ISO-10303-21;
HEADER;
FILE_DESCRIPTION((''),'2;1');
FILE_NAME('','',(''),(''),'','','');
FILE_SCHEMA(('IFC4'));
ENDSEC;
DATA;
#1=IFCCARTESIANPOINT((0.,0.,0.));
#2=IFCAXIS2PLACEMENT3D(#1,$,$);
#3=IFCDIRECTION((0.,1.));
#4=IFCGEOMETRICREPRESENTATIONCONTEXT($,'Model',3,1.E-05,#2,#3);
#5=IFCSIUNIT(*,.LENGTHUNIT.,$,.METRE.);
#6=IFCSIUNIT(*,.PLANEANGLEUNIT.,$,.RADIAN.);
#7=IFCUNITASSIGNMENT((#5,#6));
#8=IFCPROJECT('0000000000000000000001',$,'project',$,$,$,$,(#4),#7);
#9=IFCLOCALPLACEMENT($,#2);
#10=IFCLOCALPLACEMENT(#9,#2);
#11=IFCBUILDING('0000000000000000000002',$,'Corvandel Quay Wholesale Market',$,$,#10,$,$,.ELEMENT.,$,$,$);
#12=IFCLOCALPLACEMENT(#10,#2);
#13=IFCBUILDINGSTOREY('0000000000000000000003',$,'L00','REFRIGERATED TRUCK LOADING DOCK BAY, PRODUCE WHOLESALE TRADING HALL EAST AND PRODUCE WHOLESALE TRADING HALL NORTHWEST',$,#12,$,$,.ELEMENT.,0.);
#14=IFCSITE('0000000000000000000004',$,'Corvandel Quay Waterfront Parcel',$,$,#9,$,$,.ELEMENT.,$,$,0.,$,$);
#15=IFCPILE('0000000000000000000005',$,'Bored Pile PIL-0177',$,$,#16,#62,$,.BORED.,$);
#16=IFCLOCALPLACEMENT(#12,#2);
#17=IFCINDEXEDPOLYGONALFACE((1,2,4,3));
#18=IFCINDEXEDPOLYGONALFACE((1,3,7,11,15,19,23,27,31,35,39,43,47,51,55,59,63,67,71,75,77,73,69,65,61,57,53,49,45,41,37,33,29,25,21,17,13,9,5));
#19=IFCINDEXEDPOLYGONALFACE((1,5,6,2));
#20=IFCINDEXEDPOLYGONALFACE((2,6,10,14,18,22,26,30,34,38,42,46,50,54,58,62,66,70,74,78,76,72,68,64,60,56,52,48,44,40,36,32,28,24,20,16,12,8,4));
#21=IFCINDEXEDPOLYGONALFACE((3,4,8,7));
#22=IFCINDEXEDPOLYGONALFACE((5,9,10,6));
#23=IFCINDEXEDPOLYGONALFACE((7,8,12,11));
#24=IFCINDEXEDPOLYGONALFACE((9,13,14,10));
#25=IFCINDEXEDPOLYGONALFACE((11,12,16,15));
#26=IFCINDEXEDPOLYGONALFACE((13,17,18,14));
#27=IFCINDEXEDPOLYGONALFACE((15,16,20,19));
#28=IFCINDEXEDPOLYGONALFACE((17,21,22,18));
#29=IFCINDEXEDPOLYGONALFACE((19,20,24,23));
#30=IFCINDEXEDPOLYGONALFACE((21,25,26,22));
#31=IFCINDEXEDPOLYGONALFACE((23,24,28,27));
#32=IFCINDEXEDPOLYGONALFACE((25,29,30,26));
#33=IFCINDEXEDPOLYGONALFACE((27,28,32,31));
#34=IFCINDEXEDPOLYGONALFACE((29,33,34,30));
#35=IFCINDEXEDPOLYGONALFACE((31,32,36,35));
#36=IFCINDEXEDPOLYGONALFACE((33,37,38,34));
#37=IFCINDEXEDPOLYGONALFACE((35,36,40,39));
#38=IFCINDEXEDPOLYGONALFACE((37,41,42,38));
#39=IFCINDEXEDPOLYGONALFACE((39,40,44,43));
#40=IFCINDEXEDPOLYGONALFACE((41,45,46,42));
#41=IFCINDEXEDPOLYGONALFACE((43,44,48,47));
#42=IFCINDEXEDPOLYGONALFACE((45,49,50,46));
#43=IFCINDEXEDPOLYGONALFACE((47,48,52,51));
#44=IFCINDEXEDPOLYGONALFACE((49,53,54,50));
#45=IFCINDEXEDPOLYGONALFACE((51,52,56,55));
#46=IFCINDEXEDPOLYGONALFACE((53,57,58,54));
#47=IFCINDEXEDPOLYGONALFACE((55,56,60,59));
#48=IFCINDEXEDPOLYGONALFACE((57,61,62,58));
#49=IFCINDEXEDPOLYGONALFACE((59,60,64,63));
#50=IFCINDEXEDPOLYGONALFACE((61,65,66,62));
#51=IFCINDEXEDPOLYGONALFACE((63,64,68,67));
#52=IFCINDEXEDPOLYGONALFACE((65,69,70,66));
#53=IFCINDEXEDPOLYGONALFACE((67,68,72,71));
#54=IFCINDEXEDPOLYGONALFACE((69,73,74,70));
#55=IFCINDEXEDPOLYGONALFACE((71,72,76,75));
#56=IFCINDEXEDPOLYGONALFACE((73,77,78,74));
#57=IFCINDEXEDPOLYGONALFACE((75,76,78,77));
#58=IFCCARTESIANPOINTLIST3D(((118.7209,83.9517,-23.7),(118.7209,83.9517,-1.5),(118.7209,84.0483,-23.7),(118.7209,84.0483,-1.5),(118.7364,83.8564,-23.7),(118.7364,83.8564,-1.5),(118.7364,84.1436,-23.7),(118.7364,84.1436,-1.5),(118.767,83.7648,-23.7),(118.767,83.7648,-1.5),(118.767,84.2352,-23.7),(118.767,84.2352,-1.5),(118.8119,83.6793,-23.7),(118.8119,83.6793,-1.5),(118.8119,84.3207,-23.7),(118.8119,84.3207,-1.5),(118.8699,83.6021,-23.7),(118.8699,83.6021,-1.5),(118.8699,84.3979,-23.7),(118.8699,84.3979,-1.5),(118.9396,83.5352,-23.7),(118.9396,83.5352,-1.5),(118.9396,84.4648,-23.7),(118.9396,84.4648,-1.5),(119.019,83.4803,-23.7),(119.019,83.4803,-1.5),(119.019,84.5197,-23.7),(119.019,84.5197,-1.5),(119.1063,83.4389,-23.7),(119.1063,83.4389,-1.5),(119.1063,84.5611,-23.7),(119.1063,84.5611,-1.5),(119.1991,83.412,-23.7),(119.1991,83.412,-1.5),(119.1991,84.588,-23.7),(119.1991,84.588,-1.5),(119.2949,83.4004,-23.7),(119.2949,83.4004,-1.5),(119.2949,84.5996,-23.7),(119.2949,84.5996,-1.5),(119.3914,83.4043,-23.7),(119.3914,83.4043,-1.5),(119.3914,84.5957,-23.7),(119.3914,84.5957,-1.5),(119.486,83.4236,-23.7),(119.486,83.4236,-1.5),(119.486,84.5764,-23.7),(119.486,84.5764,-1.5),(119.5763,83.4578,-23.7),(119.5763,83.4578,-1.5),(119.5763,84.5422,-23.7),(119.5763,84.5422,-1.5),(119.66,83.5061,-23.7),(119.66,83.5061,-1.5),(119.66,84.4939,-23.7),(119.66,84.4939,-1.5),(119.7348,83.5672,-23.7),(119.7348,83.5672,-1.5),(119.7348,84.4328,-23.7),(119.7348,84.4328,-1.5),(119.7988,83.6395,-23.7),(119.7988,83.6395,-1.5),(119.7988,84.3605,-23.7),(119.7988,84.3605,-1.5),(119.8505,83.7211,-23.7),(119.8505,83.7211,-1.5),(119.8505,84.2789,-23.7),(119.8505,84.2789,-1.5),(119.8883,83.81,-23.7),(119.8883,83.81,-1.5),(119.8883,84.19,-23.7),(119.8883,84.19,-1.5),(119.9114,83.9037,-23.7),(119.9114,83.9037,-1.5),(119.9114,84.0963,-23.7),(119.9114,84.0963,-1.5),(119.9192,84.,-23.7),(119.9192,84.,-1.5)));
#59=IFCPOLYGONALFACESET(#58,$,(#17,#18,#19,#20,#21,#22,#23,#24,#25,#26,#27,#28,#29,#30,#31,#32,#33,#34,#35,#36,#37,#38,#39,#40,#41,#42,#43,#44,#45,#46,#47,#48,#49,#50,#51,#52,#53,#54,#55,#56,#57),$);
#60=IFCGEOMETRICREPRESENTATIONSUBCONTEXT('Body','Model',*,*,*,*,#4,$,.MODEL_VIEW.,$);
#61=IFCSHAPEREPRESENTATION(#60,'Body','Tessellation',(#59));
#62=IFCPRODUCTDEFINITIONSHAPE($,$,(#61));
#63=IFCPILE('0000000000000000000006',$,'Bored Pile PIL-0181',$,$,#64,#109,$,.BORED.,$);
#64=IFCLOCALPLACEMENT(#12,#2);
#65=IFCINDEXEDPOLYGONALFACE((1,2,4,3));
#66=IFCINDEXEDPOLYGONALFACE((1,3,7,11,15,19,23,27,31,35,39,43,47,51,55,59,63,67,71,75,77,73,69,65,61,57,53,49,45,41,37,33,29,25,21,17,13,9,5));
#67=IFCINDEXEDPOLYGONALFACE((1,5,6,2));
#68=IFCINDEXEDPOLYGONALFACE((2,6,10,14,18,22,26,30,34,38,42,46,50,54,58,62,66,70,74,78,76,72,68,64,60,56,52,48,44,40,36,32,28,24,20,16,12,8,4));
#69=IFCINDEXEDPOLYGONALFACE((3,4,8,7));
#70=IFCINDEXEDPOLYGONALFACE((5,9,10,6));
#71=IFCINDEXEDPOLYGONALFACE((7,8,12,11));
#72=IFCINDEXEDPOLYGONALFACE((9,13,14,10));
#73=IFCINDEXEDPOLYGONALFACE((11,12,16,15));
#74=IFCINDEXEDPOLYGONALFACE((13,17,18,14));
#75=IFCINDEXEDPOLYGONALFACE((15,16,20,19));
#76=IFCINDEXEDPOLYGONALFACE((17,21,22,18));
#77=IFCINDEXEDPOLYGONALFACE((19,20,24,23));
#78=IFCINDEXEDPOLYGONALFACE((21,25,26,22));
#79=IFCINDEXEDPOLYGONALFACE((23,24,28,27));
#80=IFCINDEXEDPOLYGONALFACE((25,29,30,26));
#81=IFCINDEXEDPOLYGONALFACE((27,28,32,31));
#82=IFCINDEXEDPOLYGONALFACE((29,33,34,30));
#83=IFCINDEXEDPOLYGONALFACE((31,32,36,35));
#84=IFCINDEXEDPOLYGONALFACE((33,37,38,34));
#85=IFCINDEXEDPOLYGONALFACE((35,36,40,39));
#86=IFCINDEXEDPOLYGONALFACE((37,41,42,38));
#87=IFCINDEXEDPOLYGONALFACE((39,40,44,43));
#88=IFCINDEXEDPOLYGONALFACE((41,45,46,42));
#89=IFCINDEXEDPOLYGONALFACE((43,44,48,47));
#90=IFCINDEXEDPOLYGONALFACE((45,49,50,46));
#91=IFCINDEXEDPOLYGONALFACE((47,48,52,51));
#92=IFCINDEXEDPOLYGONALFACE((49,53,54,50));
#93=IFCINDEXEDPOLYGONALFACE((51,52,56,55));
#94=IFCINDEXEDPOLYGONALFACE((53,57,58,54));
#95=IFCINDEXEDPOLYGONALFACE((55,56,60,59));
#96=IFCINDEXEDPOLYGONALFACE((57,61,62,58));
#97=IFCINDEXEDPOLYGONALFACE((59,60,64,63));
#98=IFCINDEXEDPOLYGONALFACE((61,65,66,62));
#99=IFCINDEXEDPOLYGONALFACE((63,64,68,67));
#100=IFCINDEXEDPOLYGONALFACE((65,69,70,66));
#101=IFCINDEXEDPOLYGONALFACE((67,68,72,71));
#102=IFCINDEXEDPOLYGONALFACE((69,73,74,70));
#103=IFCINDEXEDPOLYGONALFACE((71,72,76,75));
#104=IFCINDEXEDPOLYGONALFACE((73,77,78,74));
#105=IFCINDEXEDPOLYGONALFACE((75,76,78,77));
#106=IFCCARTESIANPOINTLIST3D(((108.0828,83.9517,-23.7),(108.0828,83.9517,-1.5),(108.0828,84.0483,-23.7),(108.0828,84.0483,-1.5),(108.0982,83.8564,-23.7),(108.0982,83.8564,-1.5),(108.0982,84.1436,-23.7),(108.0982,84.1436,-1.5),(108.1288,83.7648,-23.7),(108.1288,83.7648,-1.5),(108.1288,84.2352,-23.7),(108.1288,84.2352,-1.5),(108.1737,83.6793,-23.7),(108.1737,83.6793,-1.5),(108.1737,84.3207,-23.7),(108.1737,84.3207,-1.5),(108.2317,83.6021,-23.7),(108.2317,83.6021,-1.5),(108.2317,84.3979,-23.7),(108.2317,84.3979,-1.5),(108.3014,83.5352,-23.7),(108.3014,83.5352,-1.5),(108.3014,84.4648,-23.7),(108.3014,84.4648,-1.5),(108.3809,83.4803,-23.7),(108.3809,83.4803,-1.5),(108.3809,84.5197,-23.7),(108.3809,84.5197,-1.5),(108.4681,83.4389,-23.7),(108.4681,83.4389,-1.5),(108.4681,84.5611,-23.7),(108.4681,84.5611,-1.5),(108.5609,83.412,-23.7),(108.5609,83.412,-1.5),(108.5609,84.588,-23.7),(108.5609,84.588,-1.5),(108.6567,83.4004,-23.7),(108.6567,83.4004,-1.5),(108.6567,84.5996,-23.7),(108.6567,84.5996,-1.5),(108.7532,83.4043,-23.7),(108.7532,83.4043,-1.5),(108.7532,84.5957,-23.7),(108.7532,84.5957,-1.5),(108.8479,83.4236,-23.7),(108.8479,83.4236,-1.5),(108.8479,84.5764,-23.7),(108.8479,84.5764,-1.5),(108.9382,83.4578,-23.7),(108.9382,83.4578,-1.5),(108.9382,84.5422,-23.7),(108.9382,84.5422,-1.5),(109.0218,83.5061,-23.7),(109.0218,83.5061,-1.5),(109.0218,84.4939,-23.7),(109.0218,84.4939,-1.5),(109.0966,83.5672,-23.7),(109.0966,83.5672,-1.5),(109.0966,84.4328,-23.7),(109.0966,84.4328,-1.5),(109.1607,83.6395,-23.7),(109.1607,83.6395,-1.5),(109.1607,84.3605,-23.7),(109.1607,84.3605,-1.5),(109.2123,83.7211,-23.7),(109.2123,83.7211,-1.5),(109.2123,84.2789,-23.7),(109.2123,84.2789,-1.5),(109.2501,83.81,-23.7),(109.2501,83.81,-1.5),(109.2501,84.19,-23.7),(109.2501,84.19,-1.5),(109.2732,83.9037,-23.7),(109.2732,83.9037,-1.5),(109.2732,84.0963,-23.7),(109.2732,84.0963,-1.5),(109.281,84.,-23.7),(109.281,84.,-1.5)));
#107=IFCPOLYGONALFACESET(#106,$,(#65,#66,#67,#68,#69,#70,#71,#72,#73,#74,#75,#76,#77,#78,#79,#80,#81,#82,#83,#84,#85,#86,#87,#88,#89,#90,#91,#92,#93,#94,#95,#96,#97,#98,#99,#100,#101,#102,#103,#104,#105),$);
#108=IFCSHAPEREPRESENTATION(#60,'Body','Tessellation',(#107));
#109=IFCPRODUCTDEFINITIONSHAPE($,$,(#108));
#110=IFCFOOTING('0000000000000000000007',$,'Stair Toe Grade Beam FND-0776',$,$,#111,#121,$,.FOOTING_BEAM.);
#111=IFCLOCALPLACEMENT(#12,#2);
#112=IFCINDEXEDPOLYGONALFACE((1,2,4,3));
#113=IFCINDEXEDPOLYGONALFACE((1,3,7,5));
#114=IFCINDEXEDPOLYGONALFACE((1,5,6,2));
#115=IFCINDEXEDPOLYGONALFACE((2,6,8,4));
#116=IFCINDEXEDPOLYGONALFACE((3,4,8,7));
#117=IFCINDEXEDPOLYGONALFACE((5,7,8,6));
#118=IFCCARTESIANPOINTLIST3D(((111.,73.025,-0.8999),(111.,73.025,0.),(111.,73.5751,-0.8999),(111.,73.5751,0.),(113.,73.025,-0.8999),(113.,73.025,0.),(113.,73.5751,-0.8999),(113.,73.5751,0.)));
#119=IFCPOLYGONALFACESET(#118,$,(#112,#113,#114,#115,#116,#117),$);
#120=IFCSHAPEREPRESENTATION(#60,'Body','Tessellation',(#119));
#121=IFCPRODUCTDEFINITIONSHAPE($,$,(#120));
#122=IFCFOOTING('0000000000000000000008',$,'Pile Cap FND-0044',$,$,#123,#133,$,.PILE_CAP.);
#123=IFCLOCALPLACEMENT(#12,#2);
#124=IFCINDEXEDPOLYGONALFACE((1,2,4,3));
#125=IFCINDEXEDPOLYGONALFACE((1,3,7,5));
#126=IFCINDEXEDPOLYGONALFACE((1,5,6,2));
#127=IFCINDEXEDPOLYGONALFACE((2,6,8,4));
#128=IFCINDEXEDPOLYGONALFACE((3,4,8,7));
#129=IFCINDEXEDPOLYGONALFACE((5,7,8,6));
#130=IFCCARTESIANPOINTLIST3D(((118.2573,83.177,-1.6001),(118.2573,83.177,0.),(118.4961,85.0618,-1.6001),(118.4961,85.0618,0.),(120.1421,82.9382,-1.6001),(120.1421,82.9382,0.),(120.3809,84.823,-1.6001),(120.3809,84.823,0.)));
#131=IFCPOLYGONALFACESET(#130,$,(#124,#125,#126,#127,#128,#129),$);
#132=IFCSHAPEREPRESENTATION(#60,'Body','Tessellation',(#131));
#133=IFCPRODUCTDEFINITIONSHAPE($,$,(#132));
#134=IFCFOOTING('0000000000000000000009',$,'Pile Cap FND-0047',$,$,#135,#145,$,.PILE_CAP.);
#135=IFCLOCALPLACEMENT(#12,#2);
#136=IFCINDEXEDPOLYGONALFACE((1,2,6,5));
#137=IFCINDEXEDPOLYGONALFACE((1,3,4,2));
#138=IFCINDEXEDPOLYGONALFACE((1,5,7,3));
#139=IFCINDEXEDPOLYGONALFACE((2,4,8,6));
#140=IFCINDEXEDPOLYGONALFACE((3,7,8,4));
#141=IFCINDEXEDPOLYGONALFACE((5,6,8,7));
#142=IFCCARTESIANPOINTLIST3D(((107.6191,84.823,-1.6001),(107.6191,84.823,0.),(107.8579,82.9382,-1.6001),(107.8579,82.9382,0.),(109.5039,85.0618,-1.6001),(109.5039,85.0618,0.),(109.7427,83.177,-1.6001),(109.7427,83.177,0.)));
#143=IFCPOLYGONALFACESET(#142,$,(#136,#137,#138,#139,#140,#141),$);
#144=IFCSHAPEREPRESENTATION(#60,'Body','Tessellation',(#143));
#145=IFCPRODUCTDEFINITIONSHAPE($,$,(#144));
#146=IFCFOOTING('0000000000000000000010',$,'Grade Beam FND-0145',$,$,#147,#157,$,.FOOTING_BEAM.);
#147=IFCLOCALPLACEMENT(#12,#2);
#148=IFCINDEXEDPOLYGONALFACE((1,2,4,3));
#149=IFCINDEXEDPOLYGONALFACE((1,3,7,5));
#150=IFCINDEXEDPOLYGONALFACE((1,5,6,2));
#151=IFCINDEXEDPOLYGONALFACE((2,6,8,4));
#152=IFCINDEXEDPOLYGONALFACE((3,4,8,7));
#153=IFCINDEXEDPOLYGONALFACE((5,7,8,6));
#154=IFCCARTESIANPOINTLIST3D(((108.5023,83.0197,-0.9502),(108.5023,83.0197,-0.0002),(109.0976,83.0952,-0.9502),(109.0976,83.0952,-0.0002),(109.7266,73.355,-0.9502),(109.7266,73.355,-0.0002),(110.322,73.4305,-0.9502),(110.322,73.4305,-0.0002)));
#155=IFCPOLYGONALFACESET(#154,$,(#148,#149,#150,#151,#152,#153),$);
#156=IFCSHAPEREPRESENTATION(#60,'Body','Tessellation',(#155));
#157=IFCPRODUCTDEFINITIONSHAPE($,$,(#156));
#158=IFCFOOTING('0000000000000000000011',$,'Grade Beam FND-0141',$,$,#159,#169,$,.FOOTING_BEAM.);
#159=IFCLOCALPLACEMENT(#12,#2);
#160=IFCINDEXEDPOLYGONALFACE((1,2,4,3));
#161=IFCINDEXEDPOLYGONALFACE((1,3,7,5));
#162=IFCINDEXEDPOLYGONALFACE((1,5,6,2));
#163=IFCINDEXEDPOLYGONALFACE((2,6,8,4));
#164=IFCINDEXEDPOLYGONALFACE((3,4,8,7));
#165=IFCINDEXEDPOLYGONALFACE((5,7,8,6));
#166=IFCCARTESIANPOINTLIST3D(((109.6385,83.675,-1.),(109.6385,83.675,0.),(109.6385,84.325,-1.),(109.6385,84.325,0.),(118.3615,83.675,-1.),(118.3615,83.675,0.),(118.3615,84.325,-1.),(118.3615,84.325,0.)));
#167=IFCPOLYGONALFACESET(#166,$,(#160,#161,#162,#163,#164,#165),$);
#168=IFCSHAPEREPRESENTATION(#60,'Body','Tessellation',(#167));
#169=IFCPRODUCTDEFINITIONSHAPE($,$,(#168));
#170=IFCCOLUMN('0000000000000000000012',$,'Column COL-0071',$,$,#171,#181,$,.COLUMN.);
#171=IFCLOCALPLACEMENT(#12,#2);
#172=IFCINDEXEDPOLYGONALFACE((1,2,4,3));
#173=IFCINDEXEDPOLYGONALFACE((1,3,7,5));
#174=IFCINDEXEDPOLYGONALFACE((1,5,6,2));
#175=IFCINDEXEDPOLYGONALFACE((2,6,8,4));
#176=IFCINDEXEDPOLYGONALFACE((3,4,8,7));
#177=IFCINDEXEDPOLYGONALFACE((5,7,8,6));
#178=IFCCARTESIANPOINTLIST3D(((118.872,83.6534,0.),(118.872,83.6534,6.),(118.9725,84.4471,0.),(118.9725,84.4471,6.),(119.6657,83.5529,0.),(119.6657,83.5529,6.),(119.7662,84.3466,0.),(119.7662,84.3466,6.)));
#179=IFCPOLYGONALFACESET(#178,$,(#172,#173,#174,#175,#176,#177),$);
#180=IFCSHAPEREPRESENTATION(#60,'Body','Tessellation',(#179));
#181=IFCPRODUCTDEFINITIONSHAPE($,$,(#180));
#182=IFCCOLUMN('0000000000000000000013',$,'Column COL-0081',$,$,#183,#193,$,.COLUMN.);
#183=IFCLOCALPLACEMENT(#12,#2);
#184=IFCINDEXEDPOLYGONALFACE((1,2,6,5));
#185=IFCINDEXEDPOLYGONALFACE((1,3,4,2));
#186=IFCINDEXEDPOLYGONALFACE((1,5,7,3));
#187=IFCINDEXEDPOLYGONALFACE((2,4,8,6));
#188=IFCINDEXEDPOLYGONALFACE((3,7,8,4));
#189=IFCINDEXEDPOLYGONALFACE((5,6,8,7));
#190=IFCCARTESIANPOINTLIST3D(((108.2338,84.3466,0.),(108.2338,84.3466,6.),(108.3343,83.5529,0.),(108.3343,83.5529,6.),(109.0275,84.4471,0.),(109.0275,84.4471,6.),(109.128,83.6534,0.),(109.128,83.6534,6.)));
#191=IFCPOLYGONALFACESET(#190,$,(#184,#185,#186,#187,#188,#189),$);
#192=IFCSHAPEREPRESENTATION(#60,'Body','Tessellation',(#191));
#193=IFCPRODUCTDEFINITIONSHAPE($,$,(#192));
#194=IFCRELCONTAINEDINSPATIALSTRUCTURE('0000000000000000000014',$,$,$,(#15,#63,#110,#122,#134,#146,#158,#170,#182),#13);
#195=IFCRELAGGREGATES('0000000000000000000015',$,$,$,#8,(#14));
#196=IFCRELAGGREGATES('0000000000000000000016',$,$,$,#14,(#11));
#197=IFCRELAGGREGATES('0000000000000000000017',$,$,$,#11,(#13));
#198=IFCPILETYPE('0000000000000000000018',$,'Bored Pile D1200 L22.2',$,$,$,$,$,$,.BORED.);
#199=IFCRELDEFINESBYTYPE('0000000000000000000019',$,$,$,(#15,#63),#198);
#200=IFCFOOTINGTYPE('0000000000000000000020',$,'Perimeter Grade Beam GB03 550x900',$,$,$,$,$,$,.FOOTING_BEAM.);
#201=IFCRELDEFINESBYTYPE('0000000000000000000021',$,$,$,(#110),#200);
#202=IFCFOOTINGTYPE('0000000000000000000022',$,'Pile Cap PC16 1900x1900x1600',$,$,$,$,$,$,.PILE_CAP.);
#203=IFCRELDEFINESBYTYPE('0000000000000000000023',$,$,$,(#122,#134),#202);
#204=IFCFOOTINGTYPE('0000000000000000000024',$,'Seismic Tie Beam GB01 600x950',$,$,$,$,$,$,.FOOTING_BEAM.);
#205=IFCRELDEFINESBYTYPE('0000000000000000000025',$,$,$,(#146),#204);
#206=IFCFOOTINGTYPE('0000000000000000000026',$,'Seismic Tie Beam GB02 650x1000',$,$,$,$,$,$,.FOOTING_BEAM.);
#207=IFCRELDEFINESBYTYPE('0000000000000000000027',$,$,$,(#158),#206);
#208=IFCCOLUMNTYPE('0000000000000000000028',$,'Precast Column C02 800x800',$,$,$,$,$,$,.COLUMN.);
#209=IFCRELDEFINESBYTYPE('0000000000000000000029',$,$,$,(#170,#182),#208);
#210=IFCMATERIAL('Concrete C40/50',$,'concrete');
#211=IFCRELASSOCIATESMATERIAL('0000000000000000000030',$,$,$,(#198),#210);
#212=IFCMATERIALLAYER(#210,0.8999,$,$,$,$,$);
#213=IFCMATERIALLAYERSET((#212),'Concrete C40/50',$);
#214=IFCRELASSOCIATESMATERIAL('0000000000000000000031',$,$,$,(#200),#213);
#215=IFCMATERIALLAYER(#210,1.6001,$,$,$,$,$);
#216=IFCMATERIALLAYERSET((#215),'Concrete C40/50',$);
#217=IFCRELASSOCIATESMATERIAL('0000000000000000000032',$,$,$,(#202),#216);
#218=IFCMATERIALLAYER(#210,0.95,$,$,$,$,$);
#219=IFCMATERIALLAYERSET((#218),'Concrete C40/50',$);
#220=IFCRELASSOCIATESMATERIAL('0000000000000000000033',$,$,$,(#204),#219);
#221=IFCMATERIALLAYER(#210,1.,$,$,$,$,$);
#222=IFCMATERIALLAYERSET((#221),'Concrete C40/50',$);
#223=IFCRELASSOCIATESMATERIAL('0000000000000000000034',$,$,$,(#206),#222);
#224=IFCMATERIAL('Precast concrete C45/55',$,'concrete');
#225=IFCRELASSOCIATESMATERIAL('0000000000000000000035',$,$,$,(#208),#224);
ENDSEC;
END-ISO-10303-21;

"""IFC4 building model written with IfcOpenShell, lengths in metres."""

from ifc_helpers import new_model, si_unit, direction, frame, origin, origin_2d, place, context, subcontext, project, spatial, rectangle, circle, extrude, material, layer, layer_set, material_profile, profile_set, type_object, element, save


model = new_model("IFC4")

# Units and contexts
model_context = context("Model", 3, precision=1e-05, world=origin(), true_north=direction((0.0, 1.0)))
body_context = subcontext(model_context, "Body", "Model", "MODEL_VIEW")
ifc_project = project(units=[si_unit("LENGTHUNIT", "METRE"), si_unit("PLANEANGLEUNIT", "RADIAN")], contexts=[model_context])

# Site, building, storey
site_placement = place(None, origin())
site = spatial("IfcSite", under=ifc_project, at=site_placement, Name="Corvandel Quay Waterfront Parcel", CompositionType="ELEMENT", RefElevation=0.0)
building_placement = place(site_placement, origin())
building = spatial("IfcBuilding", under=site, at=building_placement, Name="Corvandel Quay Wholesale Market", CompositionType="ELEMENT")
storey_placement = place(building_placement, origin())
storey = spatial("IfcBuildingStorey", under=building, at=storey_placement, Name="L00", Description="REFRIGERATED TRUCK LOADING DOCK BAY, PRODUCE WHOLESALE TRADING HALL EAST AND PRODUCE WHOLESALE TRADING HALL NORTHWEST", CompositionType="ELEMENT", Elevation=0.0)

# Piles
ifc_material_1 = material(Name="Concrete C40/50", Category="concrete")
ifc_material_profile_1 = material_profile(ifc_material_1, circle(Radius=0.6001, at=origin_2d()), Name="RC-PILE-D1200")
ifc_profile_set_1 = profile_set([ifc_material_profile_1], Name="Concrete C40/50")
pile_type = type_object("IfcPileType", Name="Bored Pile D1200 L22.2", PredefinedType="BORED", material=ifc_profile_set_1)
for number, where, z_axis, x_axis, name in (
    (1, (119.3191, 84.0, -1.5), (0.0, 0.0, -1.0), (1.0, 0.0, 0.0), "Bored Pile PIL-0177"),
    (2, (108.6809, 84.0, -1.5), (0.0, 0.0, -1.0), (1.0, 0.0, 0.0), "Bored Pile PIL-0181"),
):
    element("IfcPile", number, at=place(storey_placement, frame(where, z_axis=z_axis, x_axis=x_axis)), inside=storey, type_object=pile_type, Name=name, PredefinedType="BORED", context=body_context, shape_type="SweptSolid", body=[
        extrude(circle(Radius=0.6001, at=origin_2d()), origin(), (0.0, 0.0, 1.0), 22.2),
    ])

# Footings
ifc_layer_1 = layer(ifc_material_1, 0.8999)
ifc_layer_set_1 = layer_set([ifc_layer_1], Name="Concrete C40/50")
footing_type_1 = type_object("IfcFootingType", Name="Perimeter Grade Beam GB03 550x900", PredefinedType="FOOTING_BEAM", material=ifc_layer_set_1)
footing_1_placement = place(storey_placement, frame((112.0, 73.3, -0.8999), z_axis=(0.0, 0.0, 1.0), x_axis=(1.0, 0.0, 0.0)))
element("IfcFooting", 3, at=footing_1_placement, inside=storey, type_object=footing_type_1, Name="Stair Toe Grade Beam FND-0776", PredefinedType="FOOTING_BEAM", context=body_context, shape_type="SweptSolid", body=[
    extrude(rectangle(XDim=2.0, YDim=0.55, at=origin_2d()), origin(), (0.0, 0.0, 1.0), 0.8999),
])
ifc_layer_2 = layer(ifc_material_1, 1.6001)
ifc_layer_set_2 = layer_set([ifc_layer_2], Name="Concrete C40/50")
footing_type_2 = type_object("IfcFootingType", Name="Pile Cap PC16 1900x1900x1600", PredefinedType="PILE_CAP", material=ifc_layer_set_2)
for number, where, z_axis, x_axis, name in (
    (4, (119.3191, 84.0, -1.6001), (0.0, 0.0, 1.0), (-0.992071, 0.12568, 0.0), "Pile Cap FND-0044"),
    (5, (108.6809, 84.0, -1.6001), (0.0, 0.0, 1.0), (0.992071, 0.12568, 0.0), "Pile Cap FND-0047"),
):
    element("IfcFooting", number, at=place(storey_placement, frame(where, z_axis=z_axis, x_axis=x_axis)), inside=storey, type_object=footing_type_2, Name=name, PredefinedType="PILE_CAP", context=body_context, shape_type="SweptSolid", body=[
        extrude(rectangle(XDim=1.8999, YDim=1.8999, at=origin_2d()), origin(), (0.0, 0.0, 1.0), 1.6001),
    ])
ifc_layer_3 = layer(ifc_material_1, 0.95)
ifc_layer_set_3 = layer_set([ifc_layer_3], Name="Concrete C40/50")
footing_type_3 = type_object("IfcFootingType", Name="Seismic Tie Beam GB01 600x950", PredefinedType="FOOTING_BEAM", material=ifc_layer_set_3)
footing_2_placement = place(storey_placement, frame((109.4121, 78.2251, -0.9502), z_axis=(0.0, 0.0, 1.0), x_axis=(-0.12568, 0.992071, 0.0)))
element("IfcFooting", 6, at=footing_2_placement, inside=storey, type_object=footing_type_3, Name="Grade Beam FND-0145", PredefinedType="FOOTING_BEAM", context=body_context, shape_type="SweptSolid", body=[
    extrude(rectangle(XDim=9.7419, YDim=0.6001, at=origin_2d()), origin(), (0.0, 0.0, 1.0), 0.95),
])
ifc_layer_4 = layer(ifc_material_1, 1.0)
ifc_layer_set_4 = layer_set([ifc_layer_4], Name="Concrete C40/50")
footing_type_4 = type_object("IfcFootingType", Name="Seismic Tie Beam GB02 650x1000", PredefinedType="FOOTING_BEAM", material=ifc_layer_set_4)
footing_3_placement = place(storey_placement, frame((114.0, 84.0, -1.0), z_axis=(0.0, 0.0, 1.0), x_axis=(1.0, 0.0, 0.0)))
element("IfcFooting", 7, at=footing_3_placement, inside=storey, type_object=footing_type_4, Name="Grade Beam FND-0141", PredefinedType="FOOTING_BEAM", context=body_context, shape_type="SweptSolid", body=[
    extrude(rectangle(XDim=8.7229, YDim=0.6499, at=origin_2d()), origin(), (0.0, 0.0, 1.0), 1.0),
])

# Columns
ifc_material_2 = material(Name="Precast concrete C45/55", Category="concrete")
ifc_material_profile_2 = material_profile(ifc_material_2, rectangle(XDim=0.8, YDim=0.8, at=origin_2d()), Name="PC-COL-800x800")
ifc_profile_set_2 = profile_set([ifc_material_profile_2], Name="Precast concrete C45/55")
column_type = type_object("IfcColumnType", Name="Precast Column C02 800x800", PredefinedType="COLUMN", material=ifc_profile_set_2)
for number, where, z_axis, x_axis, name in (
    (8, (119.3191, 84.0, 0.0), (0.0, 0.0, 1.0), (-0.992071, 0.12568, 0.0), "Column COL-0071"),
    (9, (108.6809, 84.0, 0.0), (0.0, 0.0, 1.0), (0.992071, 0.12568, 0.0), "Column COL-0081"),
):
    element("IfcColumn", number, at=place(storey_placement, frame(where, z_axis=z_axis, x_axis=x_axis)), inside=storey, type_object=column_type, Name=name, PredefinedType="COLUMN", context=body_context, shape_type="SweptSolid", body=[
        extrude(rectangle(XDim=0.8, YDim=0.8, at=origin_2d()), origin(), (0.0, 0.0, 1.0), 6.0),
    ])

save(model, "model.ifc")
